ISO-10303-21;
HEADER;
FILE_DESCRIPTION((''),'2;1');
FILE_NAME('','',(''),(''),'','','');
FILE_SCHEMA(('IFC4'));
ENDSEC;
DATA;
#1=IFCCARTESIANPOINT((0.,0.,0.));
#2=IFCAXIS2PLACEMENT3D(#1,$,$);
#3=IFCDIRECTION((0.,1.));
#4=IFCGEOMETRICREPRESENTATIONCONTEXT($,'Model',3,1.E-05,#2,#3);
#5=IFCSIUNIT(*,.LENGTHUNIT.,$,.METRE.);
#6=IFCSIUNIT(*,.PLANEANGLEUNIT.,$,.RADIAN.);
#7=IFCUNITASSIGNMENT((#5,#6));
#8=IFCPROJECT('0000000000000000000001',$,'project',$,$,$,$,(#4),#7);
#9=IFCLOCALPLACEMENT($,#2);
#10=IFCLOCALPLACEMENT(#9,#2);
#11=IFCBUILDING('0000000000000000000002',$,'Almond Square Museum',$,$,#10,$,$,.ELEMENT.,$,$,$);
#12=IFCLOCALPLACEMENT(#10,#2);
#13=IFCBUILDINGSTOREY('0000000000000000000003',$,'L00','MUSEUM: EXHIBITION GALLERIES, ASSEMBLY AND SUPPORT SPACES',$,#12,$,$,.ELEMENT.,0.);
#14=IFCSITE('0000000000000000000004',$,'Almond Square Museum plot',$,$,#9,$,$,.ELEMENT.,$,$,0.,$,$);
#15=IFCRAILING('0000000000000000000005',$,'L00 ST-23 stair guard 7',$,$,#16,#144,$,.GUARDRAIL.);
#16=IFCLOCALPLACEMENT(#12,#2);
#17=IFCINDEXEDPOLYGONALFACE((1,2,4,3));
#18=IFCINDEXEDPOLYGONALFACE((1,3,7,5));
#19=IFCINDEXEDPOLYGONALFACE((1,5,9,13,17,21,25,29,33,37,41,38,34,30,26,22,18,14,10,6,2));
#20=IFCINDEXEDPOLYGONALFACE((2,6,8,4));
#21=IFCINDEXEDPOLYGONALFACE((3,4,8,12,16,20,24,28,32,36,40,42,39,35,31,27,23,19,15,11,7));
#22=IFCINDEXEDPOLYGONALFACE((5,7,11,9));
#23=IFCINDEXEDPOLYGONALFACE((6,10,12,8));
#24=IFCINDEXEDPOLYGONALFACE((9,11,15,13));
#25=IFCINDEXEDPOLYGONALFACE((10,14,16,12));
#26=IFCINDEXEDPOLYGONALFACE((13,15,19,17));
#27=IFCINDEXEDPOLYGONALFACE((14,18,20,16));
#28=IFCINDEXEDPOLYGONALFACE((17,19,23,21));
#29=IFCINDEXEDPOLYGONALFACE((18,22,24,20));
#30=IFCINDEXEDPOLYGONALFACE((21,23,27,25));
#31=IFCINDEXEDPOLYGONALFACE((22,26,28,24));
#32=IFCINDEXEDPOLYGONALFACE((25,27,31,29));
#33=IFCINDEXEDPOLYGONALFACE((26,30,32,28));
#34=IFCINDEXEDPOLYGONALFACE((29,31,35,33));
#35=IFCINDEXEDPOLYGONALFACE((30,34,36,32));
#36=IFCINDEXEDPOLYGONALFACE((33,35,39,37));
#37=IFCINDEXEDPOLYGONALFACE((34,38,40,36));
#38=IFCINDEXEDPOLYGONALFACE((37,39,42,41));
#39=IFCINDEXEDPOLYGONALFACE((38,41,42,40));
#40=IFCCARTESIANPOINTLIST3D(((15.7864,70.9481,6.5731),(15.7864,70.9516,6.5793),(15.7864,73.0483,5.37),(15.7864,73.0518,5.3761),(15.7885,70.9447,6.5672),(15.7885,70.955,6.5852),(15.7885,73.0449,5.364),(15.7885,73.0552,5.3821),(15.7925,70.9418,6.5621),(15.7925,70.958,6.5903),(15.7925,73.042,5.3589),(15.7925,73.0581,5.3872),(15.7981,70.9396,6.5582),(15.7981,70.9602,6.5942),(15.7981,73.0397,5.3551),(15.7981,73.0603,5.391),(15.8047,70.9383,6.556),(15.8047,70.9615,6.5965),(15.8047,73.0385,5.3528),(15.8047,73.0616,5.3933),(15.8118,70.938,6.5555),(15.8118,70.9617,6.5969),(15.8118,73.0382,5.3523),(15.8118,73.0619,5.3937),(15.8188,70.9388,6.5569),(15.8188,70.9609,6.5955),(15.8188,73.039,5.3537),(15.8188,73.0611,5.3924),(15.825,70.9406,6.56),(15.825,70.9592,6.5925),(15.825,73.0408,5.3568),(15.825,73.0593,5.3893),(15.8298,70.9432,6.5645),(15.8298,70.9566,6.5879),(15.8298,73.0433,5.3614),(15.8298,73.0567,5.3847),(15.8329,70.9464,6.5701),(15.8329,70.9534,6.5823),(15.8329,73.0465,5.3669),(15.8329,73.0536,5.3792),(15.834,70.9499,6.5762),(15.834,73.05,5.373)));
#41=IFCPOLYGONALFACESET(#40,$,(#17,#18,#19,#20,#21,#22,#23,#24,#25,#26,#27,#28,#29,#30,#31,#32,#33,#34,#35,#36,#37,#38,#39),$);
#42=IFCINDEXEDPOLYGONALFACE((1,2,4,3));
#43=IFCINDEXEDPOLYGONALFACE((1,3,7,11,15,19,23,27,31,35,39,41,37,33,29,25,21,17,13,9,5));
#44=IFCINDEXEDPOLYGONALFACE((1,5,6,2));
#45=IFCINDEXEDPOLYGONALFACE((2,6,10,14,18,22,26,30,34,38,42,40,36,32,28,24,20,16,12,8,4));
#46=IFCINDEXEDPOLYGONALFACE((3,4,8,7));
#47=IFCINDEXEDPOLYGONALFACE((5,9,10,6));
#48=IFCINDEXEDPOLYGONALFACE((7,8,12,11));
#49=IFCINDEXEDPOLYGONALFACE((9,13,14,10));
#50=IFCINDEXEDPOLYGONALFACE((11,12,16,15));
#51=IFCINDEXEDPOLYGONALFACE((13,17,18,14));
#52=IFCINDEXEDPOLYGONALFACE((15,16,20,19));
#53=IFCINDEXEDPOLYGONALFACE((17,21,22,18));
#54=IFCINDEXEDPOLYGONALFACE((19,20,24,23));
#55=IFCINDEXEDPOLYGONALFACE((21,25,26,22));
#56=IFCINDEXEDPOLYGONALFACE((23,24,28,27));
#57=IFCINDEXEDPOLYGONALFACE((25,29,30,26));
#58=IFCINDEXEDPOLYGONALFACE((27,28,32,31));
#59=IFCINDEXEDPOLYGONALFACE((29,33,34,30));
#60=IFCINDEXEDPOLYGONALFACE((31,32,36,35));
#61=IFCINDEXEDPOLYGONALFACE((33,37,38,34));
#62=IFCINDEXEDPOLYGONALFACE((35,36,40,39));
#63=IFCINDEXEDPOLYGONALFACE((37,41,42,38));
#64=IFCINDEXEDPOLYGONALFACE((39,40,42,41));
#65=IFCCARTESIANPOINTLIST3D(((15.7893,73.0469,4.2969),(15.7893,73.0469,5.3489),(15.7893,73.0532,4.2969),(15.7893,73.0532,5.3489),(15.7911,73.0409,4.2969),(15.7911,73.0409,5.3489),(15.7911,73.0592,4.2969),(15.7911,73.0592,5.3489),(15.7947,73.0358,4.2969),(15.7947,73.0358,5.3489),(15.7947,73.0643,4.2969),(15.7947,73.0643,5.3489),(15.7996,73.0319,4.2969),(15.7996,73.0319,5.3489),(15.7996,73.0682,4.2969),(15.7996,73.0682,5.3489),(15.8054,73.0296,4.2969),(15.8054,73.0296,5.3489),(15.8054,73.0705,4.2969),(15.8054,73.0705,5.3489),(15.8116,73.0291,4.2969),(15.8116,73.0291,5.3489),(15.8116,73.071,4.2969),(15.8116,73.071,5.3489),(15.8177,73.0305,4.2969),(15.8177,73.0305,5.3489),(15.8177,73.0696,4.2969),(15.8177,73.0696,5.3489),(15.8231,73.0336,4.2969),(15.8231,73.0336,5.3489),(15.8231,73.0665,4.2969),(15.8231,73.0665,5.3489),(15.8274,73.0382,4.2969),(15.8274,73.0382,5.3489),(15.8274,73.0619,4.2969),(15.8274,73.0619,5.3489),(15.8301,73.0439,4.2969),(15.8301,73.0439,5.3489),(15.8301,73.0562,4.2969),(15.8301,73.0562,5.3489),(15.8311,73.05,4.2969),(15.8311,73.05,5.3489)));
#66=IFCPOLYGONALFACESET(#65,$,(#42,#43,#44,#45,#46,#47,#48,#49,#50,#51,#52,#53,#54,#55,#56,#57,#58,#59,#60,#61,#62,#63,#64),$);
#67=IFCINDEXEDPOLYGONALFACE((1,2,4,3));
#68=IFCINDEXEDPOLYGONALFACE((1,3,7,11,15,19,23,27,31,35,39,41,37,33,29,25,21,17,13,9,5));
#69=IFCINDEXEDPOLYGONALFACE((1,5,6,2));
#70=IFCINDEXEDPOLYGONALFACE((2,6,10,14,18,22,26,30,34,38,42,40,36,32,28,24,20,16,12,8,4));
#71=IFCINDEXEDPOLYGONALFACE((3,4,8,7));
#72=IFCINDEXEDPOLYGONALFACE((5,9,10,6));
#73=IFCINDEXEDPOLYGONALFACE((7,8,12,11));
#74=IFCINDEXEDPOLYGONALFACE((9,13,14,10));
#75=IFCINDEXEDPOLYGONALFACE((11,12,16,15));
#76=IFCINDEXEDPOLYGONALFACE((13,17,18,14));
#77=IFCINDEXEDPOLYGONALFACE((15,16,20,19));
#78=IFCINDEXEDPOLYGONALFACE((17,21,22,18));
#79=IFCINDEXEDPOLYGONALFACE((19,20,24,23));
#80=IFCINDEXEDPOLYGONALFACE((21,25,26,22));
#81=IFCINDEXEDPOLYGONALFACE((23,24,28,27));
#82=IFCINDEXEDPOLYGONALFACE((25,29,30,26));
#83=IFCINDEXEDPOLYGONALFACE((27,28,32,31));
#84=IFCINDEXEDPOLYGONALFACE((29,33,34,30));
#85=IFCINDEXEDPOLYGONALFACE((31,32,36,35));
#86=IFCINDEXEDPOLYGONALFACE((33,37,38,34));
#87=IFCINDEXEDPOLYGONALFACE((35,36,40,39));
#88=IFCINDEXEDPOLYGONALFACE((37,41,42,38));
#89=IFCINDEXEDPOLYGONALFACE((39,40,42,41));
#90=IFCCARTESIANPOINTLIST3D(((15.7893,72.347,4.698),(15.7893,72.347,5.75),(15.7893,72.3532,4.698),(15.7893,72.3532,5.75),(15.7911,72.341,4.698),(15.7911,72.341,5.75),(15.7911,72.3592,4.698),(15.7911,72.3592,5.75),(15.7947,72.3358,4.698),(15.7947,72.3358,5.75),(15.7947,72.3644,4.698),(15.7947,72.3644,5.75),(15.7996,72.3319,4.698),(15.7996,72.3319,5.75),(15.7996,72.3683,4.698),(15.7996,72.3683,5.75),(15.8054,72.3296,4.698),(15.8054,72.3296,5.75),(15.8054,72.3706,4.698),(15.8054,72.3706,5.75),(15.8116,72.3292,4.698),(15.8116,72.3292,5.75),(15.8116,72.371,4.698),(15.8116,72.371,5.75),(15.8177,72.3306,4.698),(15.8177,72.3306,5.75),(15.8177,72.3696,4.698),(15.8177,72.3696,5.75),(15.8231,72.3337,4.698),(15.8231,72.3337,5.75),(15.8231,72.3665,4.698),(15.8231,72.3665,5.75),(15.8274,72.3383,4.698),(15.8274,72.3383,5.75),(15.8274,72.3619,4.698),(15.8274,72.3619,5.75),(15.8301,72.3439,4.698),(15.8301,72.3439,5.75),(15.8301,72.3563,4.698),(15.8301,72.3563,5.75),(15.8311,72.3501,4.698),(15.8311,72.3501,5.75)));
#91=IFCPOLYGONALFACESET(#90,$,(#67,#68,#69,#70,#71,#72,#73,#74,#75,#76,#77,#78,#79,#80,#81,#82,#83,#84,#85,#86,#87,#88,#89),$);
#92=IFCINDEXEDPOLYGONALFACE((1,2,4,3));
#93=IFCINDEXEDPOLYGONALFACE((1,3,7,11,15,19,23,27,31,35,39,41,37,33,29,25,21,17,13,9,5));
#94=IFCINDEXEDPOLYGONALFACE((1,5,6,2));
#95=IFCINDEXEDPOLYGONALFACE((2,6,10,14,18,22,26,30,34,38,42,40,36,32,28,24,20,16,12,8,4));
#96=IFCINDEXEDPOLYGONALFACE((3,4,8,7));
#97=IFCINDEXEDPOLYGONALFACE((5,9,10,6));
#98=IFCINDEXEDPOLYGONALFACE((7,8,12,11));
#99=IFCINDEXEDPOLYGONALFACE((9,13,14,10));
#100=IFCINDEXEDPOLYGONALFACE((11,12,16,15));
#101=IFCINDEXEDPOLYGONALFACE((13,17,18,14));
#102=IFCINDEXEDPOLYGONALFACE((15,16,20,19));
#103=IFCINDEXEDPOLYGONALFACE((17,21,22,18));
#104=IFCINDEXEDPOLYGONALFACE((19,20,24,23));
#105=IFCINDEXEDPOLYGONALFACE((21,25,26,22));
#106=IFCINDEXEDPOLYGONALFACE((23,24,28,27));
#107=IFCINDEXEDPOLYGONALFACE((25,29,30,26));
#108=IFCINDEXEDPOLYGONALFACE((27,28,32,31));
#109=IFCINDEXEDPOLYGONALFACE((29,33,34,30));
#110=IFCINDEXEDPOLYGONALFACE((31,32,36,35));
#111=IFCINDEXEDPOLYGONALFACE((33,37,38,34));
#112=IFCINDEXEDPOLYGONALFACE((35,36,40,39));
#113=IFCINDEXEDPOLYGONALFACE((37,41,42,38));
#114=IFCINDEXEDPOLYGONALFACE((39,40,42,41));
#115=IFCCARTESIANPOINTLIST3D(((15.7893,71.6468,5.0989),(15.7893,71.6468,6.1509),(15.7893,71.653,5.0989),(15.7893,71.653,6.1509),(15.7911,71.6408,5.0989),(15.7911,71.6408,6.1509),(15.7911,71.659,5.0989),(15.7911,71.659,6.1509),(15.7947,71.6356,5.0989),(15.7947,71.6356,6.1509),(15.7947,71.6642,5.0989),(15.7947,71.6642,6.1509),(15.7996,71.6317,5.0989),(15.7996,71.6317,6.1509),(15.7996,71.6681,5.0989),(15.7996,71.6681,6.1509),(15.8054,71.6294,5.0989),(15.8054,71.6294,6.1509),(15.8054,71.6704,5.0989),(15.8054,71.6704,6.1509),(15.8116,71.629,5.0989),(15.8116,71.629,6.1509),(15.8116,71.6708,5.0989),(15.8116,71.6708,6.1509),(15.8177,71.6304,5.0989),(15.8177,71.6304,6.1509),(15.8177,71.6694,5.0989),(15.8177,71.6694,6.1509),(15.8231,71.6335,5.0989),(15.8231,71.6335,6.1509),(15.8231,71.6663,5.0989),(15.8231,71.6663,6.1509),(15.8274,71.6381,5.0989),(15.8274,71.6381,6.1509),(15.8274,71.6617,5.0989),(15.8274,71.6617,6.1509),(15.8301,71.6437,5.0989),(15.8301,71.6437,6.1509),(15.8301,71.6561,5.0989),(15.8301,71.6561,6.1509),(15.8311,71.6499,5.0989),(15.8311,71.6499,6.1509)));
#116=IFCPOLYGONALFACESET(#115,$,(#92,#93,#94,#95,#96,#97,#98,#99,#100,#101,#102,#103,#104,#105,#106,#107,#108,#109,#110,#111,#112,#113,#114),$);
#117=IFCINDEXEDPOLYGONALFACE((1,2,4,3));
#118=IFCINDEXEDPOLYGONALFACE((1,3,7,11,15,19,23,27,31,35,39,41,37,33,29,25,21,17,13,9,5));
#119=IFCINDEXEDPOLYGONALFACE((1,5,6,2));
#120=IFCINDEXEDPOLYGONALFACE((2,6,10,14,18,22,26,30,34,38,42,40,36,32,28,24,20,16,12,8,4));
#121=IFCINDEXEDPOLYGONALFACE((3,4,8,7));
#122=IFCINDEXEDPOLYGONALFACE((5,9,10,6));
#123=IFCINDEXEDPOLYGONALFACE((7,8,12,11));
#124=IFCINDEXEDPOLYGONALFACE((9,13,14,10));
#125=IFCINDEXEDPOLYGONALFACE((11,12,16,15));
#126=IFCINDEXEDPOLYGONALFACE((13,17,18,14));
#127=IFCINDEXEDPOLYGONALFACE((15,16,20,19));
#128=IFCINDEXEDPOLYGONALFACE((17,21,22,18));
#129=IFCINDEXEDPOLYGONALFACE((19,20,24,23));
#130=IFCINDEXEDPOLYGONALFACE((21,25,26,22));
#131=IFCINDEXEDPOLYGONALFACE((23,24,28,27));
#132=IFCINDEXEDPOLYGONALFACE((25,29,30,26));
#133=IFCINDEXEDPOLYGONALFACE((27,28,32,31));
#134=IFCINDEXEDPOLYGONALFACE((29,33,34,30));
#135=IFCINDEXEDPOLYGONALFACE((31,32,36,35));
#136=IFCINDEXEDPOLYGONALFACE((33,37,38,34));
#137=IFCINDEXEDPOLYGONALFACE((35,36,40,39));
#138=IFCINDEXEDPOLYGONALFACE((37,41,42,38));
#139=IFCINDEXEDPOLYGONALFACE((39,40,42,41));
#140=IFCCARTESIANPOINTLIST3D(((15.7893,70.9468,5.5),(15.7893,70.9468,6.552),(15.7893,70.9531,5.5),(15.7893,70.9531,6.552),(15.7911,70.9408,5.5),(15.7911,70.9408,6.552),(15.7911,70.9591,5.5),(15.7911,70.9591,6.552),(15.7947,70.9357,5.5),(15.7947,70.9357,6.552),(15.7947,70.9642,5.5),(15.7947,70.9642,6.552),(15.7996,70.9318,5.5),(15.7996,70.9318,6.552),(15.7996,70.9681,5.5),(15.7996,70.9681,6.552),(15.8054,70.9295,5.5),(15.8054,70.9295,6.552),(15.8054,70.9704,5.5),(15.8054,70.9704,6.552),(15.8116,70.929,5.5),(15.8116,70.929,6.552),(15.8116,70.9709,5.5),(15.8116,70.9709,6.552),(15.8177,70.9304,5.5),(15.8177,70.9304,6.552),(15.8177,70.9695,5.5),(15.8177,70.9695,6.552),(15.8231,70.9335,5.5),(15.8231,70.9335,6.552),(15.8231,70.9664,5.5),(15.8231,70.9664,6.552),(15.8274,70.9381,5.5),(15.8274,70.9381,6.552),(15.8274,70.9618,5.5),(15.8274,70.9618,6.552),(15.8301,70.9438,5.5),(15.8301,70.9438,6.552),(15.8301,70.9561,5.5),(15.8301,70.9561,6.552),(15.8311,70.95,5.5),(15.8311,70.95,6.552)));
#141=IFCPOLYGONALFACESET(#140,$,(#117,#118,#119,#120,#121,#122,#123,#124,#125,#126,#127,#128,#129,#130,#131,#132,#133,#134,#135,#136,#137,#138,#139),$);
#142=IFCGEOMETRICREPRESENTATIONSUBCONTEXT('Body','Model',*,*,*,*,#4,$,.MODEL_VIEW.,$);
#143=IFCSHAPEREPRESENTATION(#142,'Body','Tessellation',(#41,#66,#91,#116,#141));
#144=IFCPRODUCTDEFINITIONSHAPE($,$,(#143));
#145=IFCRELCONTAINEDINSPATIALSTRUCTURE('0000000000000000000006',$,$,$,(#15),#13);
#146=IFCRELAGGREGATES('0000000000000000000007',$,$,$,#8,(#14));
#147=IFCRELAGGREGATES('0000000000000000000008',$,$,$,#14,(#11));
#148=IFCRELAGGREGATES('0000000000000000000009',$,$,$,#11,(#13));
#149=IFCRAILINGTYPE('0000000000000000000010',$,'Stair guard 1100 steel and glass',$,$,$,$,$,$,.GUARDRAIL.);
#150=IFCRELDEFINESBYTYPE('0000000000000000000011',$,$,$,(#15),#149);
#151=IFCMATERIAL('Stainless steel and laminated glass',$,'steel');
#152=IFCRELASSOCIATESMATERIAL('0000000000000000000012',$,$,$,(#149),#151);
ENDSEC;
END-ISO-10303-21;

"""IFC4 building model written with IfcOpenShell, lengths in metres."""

from ifc_helpers import new_model, si_unit, direction, frame, origin, origin_2d, place, context, subcontext, project, spatial, circle, extrude, material, type_object, element, save


model = new_model("IFC4")

# Units and contexts
model_context = context("Model", 3, precision=1e-05, world=origin(), true_north=direction((0.0, 1.0)))
body_context = subcontext(model_context, "Body", "Model", "MODEL_VIEW")
ifc_project = project(units=[si_unit("LENGTHUNIT", "METRE"), si_unit("PLANEANGLEUNIT", "RADIAN")], contexts=[model_context])

# Site, building, storey
site_placement = place(None, origin())
site = spatial("IfcSite", under=ifc_project, at=site_placement, Name="Almond Square Museum plot", CompositionType="ELEMENT", RefElevation=0.0)
building_placement = place(site_placement, origin())
building = spatial("IfcBuilding", under=site, at=building_placement, Name="Almond Square Museum", CompositionType="ELEMENT")
storey_placement = place(building_placement, origin())
storey = spatial("IfcBuildingStorey", under=building, at=storey_placement, Name="L00", Description="MUSEUM: EXHIBITION GALLERIES, ASSEMBLY AND SUPPORT SPACES", CompositionType="ELEMENT", Elevation=0.0)

# Railing
ifc_material_1 = material(Name="Stainless steel and laminated glass", Category="steel")
railing_type_1 = type_object("IfcRailingType", Name="Stair guard 1100 steel and glass", PredefinedType="GUARDRAIL", material=ifc_material_1)
for number, where, name in (
    (1, (15.8101, 73.05, 4.2969), "L00 ST-23 stair guard 7"),
):
    element("IfcRailing", number, at=place(storey_placement, frame(where)), inside=storey, type_object=railing_type_1, Name=name, PredefinedType="GUARDRAIL", context=body_context, shape_type="SweptSolid", body=[
        extrude(circle(Radius=0.0239, at=origin_2d()), frame((0.0, 0.0, 1.0762), z_axis=(0.0, -0.867696, 0.497095), x_axis=(1.0, 0.0, 0.0)), (0.0, 0.0, 1.0), 2.4204),
        extrude(circle(Radius=0.021, at=origin_2d()), origin(), (0.0, 0.0, 1.0), 1.052),
        extrude(circle(Radius=0.021, at=origin_2d()), frame((0.0, -0.7, 0.4011)), (0.0, 0.0, 1.0), 1.052),
        extrude(circle(Radius=0.021, at=origin_2d()), frame((0.0, -1.4001, 0.802)), (0.0, 0.0, 1.0), 1.052),
        extrude(circle(Radius=0.021, at=origin_2d()), frame((0.0, -2.1001, 1.2031)), (0.0, 0.0, 1.0), 1.052),
    ])

save(model, "model.ifc")
